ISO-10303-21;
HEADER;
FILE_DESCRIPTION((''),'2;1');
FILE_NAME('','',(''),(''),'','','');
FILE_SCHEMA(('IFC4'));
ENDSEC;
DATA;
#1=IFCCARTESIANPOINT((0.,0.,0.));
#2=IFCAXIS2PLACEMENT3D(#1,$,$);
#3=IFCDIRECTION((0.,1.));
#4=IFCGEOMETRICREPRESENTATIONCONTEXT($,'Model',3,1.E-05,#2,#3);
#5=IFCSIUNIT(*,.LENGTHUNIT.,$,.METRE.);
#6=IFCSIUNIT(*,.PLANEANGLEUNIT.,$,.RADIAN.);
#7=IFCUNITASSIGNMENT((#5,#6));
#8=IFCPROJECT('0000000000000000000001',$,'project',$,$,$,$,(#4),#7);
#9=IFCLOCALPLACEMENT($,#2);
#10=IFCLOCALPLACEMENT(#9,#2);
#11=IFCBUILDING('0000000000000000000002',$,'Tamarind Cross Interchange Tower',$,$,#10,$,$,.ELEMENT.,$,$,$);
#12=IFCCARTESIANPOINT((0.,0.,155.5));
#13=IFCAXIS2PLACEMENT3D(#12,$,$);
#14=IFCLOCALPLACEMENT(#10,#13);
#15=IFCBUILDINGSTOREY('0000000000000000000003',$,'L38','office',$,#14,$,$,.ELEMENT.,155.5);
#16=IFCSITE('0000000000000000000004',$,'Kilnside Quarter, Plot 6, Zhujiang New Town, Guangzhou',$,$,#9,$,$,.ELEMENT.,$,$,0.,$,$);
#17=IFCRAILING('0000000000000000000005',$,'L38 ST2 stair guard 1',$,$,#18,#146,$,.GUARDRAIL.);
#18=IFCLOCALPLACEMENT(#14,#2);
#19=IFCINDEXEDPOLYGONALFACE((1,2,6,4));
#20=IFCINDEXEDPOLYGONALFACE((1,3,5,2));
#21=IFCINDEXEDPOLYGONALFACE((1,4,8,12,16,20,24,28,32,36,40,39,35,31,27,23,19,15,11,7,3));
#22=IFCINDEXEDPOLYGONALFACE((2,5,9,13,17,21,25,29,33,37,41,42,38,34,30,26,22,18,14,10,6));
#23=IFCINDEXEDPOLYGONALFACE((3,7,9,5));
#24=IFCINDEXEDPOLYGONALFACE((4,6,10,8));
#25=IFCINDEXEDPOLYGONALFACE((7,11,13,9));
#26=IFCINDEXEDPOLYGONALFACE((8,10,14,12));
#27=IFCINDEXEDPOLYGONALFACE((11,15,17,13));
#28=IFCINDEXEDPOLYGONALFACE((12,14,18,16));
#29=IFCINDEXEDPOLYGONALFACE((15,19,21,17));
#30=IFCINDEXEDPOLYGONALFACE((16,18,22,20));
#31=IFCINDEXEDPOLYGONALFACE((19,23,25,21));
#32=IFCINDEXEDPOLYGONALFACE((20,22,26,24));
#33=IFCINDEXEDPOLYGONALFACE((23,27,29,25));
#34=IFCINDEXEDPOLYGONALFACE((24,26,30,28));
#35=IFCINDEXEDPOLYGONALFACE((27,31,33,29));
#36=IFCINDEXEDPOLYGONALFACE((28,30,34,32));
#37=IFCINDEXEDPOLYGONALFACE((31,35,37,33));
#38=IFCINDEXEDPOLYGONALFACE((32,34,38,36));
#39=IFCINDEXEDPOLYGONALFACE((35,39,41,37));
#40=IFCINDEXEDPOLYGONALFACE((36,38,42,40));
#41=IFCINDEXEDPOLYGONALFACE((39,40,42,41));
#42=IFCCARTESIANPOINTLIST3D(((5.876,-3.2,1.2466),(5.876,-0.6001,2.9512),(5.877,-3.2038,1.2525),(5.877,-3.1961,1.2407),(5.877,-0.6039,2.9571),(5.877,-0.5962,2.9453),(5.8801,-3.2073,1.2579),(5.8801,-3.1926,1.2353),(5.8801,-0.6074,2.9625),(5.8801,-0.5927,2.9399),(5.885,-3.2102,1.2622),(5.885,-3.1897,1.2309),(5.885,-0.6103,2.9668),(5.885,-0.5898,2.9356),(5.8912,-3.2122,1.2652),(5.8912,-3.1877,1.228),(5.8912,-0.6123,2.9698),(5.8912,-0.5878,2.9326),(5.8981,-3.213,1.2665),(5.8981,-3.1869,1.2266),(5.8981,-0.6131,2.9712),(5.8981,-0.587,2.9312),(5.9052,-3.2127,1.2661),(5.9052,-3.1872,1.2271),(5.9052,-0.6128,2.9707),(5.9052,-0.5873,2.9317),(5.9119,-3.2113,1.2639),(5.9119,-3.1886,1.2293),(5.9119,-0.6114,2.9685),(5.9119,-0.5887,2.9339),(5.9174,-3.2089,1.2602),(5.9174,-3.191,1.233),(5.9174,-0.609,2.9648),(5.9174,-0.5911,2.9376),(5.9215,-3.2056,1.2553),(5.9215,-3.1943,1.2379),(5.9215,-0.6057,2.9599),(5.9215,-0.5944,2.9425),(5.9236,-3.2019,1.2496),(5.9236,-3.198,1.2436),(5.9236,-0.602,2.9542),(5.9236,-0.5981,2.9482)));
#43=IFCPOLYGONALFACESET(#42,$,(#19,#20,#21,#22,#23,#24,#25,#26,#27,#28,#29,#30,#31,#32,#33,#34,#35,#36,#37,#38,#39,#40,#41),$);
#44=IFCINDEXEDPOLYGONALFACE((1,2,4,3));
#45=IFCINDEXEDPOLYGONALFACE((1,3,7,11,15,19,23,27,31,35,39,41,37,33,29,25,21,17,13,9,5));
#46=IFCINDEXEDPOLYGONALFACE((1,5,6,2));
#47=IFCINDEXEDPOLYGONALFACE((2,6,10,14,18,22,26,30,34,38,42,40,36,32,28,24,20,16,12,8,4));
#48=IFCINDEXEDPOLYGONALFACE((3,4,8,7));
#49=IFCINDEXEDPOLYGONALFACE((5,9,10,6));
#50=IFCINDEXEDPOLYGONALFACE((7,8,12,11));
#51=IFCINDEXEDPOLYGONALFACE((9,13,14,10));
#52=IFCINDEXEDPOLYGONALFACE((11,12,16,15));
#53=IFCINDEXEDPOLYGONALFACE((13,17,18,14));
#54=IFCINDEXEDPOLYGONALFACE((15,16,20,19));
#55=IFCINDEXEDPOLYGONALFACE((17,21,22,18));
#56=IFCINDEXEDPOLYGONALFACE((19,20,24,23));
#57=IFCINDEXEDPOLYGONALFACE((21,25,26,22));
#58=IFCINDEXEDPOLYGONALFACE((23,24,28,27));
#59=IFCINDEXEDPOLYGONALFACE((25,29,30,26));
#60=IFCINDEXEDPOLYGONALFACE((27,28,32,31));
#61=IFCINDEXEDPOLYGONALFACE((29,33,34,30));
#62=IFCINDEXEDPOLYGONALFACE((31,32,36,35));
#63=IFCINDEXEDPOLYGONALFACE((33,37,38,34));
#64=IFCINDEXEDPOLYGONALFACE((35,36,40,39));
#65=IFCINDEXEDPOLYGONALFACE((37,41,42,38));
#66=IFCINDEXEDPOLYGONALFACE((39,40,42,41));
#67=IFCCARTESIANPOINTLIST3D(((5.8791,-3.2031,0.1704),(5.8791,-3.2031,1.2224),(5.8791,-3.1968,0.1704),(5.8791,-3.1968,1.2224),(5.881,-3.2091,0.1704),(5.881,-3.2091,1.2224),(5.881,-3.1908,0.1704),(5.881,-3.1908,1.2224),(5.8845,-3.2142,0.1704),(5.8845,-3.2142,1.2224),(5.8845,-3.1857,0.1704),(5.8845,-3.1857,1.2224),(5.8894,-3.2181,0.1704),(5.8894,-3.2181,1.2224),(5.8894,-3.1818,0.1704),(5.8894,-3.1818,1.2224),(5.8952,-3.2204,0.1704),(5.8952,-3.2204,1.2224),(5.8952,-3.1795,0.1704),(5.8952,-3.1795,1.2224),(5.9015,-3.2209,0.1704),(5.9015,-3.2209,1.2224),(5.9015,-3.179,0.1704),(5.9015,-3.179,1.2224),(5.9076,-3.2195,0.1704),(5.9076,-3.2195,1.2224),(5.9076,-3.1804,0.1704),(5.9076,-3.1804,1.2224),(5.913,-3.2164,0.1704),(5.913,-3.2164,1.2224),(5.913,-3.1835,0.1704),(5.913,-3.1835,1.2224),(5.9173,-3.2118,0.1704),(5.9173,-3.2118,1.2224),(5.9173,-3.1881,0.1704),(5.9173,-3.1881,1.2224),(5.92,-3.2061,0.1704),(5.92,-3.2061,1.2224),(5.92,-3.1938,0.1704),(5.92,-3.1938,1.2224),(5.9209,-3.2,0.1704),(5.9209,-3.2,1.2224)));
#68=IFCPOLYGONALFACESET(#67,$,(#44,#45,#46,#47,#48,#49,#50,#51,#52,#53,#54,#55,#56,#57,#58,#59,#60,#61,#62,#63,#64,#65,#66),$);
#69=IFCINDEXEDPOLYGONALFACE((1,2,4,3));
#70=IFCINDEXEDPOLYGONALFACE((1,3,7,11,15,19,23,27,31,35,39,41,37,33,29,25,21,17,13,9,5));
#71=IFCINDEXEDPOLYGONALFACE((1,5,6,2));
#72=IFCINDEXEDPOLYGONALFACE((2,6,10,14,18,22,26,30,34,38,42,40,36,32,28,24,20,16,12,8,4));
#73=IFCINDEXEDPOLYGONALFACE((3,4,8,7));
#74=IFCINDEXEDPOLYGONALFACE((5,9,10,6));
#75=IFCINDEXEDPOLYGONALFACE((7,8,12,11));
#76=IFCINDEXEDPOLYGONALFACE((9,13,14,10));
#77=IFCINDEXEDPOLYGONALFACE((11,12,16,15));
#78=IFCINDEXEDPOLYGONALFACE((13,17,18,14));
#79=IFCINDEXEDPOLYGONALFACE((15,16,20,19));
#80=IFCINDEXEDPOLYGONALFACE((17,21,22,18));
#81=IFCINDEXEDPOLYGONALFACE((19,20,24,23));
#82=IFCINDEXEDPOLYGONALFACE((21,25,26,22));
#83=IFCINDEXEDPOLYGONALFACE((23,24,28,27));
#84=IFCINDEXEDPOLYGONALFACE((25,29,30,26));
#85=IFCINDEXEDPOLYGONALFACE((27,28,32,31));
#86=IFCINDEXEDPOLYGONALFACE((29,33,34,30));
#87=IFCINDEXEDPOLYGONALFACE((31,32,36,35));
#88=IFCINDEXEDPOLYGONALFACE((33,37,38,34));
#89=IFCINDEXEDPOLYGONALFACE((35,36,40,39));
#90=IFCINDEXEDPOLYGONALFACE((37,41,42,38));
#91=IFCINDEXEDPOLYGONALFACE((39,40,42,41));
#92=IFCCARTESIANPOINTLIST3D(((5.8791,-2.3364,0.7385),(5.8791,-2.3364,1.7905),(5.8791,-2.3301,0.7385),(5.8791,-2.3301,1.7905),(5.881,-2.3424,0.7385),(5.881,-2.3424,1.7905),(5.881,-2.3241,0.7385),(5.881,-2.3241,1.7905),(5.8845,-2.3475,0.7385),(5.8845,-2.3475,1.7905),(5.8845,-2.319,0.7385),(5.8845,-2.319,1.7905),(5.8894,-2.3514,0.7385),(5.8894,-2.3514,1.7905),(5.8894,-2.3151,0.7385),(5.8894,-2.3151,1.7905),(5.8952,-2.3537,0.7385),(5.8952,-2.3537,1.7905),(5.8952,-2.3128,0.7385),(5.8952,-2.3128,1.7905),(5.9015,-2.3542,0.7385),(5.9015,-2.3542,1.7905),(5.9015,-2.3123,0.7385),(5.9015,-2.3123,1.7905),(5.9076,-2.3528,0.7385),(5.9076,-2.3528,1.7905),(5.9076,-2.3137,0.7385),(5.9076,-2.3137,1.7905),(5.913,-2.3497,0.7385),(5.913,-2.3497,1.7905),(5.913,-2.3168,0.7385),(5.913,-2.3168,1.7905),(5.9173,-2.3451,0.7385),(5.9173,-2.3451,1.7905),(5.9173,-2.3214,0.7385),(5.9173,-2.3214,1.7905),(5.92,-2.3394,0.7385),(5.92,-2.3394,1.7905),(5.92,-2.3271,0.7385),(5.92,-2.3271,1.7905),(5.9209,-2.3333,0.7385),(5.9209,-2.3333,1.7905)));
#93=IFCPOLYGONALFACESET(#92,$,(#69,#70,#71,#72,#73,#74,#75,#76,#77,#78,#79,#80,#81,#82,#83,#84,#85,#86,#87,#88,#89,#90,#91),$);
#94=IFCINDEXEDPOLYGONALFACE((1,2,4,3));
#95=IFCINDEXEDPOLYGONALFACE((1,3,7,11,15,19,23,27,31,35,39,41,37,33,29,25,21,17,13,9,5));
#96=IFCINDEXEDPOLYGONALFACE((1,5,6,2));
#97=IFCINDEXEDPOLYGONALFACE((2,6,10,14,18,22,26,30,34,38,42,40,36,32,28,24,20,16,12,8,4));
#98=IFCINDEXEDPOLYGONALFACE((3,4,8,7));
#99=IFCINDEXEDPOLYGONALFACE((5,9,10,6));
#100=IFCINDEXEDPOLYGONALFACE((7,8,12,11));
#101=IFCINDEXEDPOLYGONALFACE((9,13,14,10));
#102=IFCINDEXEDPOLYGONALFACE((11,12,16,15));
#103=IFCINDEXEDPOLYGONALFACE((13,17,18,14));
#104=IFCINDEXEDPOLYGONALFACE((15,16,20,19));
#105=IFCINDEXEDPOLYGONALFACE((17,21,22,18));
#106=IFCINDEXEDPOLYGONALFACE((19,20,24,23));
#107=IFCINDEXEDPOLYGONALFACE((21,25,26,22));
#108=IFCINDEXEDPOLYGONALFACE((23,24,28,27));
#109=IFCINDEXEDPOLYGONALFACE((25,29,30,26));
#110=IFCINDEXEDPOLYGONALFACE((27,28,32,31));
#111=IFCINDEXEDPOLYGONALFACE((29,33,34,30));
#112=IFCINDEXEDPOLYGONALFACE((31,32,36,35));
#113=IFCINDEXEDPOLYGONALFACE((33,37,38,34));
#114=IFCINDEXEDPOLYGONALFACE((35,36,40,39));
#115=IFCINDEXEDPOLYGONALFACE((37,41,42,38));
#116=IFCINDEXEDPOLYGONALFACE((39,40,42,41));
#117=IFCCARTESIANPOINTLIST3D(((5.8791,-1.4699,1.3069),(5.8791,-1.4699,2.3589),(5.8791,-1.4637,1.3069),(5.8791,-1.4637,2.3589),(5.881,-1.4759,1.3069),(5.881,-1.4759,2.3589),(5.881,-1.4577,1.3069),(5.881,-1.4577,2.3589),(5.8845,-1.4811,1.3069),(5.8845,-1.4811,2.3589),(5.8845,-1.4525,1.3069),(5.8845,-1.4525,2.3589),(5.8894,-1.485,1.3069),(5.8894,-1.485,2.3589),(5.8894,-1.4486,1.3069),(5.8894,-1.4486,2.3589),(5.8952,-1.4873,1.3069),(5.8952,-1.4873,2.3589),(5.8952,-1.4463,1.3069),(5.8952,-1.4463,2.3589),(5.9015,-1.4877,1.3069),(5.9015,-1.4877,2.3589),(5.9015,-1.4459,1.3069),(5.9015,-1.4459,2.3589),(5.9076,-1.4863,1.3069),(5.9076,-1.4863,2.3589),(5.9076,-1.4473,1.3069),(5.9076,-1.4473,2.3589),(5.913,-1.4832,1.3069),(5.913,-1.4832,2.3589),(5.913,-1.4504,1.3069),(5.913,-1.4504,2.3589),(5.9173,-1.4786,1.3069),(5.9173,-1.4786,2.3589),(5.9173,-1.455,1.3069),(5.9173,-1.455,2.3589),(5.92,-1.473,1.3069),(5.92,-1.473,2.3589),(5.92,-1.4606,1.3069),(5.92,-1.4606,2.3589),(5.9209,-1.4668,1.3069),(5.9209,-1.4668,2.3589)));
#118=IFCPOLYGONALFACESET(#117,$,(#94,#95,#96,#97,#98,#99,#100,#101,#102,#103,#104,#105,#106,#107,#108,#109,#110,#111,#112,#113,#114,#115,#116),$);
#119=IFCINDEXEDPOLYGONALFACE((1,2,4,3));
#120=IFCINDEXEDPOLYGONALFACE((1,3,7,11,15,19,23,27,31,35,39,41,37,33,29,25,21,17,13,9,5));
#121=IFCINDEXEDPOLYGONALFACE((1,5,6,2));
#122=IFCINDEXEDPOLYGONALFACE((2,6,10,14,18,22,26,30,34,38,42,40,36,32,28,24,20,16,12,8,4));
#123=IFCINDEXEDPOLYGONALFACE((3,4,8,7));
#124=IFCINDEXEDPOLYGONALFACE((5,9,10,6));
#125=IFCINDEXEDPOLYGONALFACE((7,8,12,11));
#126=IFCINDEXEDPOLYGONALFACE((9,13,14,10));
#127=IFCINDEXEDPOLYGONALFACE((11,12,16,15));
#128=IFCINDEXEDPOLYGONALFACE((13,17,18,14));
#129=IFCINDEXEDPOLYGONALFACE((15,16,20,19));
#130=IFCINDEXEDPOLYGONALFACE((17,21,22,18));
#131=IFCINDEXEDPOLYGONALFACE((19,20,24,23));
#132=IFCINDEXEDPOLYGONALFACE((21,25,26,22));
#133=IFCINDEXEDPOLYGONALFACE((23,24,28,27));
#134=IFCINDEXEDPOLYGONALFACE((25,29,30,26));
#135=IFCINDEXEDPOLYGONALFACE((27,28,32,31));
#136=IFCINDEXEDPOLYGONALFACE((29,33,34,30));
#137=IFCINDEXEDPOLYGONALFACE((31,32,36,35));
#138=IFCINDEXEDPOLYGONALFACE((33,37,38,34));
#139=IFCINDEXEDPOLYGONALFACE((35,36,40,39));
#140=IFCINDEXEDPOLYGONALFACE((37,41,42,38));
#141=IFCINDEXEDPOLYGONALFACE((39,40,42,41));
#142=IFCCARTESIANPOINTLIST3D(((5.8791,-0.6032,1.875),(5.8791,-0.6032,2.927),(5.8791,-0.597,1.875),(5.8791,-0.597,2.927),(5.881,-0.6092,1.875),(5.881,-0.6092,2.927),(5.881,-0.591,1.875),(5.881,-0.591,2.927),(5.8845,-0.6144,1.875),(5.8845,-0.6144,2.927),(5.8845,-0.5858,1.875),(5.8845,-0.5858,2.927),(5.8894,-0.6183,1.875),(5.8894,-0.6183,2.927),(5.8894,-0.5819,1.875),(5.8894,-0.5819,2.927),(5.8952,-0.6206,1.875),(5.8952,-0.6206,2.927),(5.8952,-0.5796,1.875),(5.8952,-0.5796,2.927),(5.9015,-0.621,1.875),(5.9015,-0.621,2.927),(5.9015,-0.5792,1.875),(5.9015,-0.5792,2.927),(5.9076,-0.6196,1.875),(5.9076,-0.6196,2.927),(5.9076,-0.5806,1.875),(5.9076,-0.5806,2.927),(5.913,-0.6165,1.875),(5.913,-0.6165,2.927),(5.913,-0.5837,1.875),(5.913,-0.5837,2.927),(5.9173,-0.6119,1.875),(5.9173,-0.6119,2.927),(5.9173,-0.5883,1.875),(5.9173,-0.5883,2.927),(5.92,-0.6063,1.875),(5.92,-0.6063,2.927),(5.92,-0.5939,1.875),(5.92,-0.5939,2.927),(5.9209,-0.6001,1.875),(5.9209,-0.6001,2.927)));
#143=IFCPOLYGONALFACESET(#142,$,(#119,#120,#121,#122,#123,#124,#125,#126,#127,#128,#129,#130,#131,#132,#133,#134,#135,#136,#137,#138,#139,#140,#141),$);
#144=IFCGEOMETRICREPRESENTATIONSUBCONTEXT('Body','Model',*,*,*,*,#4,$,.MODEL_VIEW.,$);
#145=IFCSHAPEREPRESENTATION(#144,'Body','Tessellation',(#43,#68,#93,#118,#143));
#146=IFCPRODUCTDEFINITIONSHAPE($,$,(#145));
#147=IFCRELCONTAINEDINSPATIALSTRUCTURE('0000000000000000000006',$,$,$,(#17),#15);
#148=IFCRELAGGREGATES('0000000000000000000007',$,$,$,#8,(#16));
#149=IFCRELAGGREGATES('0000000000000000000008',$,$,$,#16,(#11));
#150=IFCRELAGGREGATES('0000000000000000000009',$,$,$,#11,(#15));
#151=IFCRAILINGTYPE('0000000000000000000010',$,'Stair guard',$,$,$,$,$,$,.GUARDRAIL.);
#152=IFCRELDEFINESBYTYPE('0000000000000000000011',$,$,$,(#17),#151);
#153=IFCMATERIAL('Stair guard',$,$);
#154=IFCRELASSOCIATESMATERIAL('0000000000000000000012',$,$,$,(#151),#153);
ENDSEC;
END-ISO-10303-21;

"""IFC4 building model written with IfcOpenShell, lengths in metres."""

from ifc_helpers import new_model, si_unit, direction, frame, origin, origin_2d, place, context, subcontext, project, spatial, circle, extrude, material, type_object, element, save


model = new_model("IFC4")

# Units and contexts
model_context = context("Model", 3, precision=1e-05, world=origin(), true_north=direction((0.0, 1.0)))
body_context = subcontext(model_context, "Body", "Model", "MODEL_VIEW")
ifc_project = project(units=[si_unit("LENGTHUNIT", "METRE"), si_unit("PLANEANGLEUNIT", "RADIAN")], contexts=[model_context])

# Site, building, storey
site_placement = place(None, origin())
site = spatial("IfcSite", under=ifc_project, at=site_placement, Name="Kilnside Quarter, Plot 6, Zhujiang New Town, Guangzhou", CompositionType="ELEMENT", RefElevation=0.0)
building_placement = place(site_placement, origin())
building = spatial("IfcBuilding", under=site, at=building_placement, Name="Tamarind Cross Interchange Tower", CompositionType="ELEMENT")
storey_placement = place(building_placement, frame((0.0, 0.0, 155.5)))
storey = spatial("IfcBuildingStorey", under=building, at=storey_placement, Name="L38", Description="office", CompositionType="ELEMENT", Elevation=155.5)

# Railing
ifc_material_1 = material(Name="Stair guard")
railing_type_1 = type_object("IfcRailingType", Name="Stair guard", PredefinedType="GUARDRAIL", material=ifc_material_1)
railing_1_placement = place(storey_placement, frame((5.8999, -3.2, 0.1704)))
element("IfcRailing", 1, at=railing_1_placement, inside=storey, type_object=railing_type_1, Name="L38 ST2 stair guard 1", PredefinedType="GUARDRAIL", context=body_context, shape_type="SweptSolid", body=[
    extrude(circle(Radius=0.0239, at=origin_2d()), frame((0.0, 0.0, 1.0762), z_axis=(0.0, 0.836279, 0.548305), x_axis=(-1.0, 0.0, 0.0)), (0.0, 0.0, 1.0), 3.1089),
    extrude(circle(Radius=0.021, at=origin_2d()), origin(), (0.0, 0.0, 1.0), 1.052),
    extrude(circle(Radius=0.021, at=origin_2d()), frame((0.0, 0.8667, 0.5681)), (0.0, 0.0, 1.0), 1.052),
    extrude(circle(Radius=0.021, at=origin_2d()), frame((0.0, 1.7332, 1.1365)), (0.0, 0.0, 1.0), 1.052),
    extrude(circle(Radius=0.021, at=origin_2d()), frame((0.0, 2.5999, 1.7046)), (0.0, 0.0, 1.0), 1.052),
])

save(model, "model.ifc")
